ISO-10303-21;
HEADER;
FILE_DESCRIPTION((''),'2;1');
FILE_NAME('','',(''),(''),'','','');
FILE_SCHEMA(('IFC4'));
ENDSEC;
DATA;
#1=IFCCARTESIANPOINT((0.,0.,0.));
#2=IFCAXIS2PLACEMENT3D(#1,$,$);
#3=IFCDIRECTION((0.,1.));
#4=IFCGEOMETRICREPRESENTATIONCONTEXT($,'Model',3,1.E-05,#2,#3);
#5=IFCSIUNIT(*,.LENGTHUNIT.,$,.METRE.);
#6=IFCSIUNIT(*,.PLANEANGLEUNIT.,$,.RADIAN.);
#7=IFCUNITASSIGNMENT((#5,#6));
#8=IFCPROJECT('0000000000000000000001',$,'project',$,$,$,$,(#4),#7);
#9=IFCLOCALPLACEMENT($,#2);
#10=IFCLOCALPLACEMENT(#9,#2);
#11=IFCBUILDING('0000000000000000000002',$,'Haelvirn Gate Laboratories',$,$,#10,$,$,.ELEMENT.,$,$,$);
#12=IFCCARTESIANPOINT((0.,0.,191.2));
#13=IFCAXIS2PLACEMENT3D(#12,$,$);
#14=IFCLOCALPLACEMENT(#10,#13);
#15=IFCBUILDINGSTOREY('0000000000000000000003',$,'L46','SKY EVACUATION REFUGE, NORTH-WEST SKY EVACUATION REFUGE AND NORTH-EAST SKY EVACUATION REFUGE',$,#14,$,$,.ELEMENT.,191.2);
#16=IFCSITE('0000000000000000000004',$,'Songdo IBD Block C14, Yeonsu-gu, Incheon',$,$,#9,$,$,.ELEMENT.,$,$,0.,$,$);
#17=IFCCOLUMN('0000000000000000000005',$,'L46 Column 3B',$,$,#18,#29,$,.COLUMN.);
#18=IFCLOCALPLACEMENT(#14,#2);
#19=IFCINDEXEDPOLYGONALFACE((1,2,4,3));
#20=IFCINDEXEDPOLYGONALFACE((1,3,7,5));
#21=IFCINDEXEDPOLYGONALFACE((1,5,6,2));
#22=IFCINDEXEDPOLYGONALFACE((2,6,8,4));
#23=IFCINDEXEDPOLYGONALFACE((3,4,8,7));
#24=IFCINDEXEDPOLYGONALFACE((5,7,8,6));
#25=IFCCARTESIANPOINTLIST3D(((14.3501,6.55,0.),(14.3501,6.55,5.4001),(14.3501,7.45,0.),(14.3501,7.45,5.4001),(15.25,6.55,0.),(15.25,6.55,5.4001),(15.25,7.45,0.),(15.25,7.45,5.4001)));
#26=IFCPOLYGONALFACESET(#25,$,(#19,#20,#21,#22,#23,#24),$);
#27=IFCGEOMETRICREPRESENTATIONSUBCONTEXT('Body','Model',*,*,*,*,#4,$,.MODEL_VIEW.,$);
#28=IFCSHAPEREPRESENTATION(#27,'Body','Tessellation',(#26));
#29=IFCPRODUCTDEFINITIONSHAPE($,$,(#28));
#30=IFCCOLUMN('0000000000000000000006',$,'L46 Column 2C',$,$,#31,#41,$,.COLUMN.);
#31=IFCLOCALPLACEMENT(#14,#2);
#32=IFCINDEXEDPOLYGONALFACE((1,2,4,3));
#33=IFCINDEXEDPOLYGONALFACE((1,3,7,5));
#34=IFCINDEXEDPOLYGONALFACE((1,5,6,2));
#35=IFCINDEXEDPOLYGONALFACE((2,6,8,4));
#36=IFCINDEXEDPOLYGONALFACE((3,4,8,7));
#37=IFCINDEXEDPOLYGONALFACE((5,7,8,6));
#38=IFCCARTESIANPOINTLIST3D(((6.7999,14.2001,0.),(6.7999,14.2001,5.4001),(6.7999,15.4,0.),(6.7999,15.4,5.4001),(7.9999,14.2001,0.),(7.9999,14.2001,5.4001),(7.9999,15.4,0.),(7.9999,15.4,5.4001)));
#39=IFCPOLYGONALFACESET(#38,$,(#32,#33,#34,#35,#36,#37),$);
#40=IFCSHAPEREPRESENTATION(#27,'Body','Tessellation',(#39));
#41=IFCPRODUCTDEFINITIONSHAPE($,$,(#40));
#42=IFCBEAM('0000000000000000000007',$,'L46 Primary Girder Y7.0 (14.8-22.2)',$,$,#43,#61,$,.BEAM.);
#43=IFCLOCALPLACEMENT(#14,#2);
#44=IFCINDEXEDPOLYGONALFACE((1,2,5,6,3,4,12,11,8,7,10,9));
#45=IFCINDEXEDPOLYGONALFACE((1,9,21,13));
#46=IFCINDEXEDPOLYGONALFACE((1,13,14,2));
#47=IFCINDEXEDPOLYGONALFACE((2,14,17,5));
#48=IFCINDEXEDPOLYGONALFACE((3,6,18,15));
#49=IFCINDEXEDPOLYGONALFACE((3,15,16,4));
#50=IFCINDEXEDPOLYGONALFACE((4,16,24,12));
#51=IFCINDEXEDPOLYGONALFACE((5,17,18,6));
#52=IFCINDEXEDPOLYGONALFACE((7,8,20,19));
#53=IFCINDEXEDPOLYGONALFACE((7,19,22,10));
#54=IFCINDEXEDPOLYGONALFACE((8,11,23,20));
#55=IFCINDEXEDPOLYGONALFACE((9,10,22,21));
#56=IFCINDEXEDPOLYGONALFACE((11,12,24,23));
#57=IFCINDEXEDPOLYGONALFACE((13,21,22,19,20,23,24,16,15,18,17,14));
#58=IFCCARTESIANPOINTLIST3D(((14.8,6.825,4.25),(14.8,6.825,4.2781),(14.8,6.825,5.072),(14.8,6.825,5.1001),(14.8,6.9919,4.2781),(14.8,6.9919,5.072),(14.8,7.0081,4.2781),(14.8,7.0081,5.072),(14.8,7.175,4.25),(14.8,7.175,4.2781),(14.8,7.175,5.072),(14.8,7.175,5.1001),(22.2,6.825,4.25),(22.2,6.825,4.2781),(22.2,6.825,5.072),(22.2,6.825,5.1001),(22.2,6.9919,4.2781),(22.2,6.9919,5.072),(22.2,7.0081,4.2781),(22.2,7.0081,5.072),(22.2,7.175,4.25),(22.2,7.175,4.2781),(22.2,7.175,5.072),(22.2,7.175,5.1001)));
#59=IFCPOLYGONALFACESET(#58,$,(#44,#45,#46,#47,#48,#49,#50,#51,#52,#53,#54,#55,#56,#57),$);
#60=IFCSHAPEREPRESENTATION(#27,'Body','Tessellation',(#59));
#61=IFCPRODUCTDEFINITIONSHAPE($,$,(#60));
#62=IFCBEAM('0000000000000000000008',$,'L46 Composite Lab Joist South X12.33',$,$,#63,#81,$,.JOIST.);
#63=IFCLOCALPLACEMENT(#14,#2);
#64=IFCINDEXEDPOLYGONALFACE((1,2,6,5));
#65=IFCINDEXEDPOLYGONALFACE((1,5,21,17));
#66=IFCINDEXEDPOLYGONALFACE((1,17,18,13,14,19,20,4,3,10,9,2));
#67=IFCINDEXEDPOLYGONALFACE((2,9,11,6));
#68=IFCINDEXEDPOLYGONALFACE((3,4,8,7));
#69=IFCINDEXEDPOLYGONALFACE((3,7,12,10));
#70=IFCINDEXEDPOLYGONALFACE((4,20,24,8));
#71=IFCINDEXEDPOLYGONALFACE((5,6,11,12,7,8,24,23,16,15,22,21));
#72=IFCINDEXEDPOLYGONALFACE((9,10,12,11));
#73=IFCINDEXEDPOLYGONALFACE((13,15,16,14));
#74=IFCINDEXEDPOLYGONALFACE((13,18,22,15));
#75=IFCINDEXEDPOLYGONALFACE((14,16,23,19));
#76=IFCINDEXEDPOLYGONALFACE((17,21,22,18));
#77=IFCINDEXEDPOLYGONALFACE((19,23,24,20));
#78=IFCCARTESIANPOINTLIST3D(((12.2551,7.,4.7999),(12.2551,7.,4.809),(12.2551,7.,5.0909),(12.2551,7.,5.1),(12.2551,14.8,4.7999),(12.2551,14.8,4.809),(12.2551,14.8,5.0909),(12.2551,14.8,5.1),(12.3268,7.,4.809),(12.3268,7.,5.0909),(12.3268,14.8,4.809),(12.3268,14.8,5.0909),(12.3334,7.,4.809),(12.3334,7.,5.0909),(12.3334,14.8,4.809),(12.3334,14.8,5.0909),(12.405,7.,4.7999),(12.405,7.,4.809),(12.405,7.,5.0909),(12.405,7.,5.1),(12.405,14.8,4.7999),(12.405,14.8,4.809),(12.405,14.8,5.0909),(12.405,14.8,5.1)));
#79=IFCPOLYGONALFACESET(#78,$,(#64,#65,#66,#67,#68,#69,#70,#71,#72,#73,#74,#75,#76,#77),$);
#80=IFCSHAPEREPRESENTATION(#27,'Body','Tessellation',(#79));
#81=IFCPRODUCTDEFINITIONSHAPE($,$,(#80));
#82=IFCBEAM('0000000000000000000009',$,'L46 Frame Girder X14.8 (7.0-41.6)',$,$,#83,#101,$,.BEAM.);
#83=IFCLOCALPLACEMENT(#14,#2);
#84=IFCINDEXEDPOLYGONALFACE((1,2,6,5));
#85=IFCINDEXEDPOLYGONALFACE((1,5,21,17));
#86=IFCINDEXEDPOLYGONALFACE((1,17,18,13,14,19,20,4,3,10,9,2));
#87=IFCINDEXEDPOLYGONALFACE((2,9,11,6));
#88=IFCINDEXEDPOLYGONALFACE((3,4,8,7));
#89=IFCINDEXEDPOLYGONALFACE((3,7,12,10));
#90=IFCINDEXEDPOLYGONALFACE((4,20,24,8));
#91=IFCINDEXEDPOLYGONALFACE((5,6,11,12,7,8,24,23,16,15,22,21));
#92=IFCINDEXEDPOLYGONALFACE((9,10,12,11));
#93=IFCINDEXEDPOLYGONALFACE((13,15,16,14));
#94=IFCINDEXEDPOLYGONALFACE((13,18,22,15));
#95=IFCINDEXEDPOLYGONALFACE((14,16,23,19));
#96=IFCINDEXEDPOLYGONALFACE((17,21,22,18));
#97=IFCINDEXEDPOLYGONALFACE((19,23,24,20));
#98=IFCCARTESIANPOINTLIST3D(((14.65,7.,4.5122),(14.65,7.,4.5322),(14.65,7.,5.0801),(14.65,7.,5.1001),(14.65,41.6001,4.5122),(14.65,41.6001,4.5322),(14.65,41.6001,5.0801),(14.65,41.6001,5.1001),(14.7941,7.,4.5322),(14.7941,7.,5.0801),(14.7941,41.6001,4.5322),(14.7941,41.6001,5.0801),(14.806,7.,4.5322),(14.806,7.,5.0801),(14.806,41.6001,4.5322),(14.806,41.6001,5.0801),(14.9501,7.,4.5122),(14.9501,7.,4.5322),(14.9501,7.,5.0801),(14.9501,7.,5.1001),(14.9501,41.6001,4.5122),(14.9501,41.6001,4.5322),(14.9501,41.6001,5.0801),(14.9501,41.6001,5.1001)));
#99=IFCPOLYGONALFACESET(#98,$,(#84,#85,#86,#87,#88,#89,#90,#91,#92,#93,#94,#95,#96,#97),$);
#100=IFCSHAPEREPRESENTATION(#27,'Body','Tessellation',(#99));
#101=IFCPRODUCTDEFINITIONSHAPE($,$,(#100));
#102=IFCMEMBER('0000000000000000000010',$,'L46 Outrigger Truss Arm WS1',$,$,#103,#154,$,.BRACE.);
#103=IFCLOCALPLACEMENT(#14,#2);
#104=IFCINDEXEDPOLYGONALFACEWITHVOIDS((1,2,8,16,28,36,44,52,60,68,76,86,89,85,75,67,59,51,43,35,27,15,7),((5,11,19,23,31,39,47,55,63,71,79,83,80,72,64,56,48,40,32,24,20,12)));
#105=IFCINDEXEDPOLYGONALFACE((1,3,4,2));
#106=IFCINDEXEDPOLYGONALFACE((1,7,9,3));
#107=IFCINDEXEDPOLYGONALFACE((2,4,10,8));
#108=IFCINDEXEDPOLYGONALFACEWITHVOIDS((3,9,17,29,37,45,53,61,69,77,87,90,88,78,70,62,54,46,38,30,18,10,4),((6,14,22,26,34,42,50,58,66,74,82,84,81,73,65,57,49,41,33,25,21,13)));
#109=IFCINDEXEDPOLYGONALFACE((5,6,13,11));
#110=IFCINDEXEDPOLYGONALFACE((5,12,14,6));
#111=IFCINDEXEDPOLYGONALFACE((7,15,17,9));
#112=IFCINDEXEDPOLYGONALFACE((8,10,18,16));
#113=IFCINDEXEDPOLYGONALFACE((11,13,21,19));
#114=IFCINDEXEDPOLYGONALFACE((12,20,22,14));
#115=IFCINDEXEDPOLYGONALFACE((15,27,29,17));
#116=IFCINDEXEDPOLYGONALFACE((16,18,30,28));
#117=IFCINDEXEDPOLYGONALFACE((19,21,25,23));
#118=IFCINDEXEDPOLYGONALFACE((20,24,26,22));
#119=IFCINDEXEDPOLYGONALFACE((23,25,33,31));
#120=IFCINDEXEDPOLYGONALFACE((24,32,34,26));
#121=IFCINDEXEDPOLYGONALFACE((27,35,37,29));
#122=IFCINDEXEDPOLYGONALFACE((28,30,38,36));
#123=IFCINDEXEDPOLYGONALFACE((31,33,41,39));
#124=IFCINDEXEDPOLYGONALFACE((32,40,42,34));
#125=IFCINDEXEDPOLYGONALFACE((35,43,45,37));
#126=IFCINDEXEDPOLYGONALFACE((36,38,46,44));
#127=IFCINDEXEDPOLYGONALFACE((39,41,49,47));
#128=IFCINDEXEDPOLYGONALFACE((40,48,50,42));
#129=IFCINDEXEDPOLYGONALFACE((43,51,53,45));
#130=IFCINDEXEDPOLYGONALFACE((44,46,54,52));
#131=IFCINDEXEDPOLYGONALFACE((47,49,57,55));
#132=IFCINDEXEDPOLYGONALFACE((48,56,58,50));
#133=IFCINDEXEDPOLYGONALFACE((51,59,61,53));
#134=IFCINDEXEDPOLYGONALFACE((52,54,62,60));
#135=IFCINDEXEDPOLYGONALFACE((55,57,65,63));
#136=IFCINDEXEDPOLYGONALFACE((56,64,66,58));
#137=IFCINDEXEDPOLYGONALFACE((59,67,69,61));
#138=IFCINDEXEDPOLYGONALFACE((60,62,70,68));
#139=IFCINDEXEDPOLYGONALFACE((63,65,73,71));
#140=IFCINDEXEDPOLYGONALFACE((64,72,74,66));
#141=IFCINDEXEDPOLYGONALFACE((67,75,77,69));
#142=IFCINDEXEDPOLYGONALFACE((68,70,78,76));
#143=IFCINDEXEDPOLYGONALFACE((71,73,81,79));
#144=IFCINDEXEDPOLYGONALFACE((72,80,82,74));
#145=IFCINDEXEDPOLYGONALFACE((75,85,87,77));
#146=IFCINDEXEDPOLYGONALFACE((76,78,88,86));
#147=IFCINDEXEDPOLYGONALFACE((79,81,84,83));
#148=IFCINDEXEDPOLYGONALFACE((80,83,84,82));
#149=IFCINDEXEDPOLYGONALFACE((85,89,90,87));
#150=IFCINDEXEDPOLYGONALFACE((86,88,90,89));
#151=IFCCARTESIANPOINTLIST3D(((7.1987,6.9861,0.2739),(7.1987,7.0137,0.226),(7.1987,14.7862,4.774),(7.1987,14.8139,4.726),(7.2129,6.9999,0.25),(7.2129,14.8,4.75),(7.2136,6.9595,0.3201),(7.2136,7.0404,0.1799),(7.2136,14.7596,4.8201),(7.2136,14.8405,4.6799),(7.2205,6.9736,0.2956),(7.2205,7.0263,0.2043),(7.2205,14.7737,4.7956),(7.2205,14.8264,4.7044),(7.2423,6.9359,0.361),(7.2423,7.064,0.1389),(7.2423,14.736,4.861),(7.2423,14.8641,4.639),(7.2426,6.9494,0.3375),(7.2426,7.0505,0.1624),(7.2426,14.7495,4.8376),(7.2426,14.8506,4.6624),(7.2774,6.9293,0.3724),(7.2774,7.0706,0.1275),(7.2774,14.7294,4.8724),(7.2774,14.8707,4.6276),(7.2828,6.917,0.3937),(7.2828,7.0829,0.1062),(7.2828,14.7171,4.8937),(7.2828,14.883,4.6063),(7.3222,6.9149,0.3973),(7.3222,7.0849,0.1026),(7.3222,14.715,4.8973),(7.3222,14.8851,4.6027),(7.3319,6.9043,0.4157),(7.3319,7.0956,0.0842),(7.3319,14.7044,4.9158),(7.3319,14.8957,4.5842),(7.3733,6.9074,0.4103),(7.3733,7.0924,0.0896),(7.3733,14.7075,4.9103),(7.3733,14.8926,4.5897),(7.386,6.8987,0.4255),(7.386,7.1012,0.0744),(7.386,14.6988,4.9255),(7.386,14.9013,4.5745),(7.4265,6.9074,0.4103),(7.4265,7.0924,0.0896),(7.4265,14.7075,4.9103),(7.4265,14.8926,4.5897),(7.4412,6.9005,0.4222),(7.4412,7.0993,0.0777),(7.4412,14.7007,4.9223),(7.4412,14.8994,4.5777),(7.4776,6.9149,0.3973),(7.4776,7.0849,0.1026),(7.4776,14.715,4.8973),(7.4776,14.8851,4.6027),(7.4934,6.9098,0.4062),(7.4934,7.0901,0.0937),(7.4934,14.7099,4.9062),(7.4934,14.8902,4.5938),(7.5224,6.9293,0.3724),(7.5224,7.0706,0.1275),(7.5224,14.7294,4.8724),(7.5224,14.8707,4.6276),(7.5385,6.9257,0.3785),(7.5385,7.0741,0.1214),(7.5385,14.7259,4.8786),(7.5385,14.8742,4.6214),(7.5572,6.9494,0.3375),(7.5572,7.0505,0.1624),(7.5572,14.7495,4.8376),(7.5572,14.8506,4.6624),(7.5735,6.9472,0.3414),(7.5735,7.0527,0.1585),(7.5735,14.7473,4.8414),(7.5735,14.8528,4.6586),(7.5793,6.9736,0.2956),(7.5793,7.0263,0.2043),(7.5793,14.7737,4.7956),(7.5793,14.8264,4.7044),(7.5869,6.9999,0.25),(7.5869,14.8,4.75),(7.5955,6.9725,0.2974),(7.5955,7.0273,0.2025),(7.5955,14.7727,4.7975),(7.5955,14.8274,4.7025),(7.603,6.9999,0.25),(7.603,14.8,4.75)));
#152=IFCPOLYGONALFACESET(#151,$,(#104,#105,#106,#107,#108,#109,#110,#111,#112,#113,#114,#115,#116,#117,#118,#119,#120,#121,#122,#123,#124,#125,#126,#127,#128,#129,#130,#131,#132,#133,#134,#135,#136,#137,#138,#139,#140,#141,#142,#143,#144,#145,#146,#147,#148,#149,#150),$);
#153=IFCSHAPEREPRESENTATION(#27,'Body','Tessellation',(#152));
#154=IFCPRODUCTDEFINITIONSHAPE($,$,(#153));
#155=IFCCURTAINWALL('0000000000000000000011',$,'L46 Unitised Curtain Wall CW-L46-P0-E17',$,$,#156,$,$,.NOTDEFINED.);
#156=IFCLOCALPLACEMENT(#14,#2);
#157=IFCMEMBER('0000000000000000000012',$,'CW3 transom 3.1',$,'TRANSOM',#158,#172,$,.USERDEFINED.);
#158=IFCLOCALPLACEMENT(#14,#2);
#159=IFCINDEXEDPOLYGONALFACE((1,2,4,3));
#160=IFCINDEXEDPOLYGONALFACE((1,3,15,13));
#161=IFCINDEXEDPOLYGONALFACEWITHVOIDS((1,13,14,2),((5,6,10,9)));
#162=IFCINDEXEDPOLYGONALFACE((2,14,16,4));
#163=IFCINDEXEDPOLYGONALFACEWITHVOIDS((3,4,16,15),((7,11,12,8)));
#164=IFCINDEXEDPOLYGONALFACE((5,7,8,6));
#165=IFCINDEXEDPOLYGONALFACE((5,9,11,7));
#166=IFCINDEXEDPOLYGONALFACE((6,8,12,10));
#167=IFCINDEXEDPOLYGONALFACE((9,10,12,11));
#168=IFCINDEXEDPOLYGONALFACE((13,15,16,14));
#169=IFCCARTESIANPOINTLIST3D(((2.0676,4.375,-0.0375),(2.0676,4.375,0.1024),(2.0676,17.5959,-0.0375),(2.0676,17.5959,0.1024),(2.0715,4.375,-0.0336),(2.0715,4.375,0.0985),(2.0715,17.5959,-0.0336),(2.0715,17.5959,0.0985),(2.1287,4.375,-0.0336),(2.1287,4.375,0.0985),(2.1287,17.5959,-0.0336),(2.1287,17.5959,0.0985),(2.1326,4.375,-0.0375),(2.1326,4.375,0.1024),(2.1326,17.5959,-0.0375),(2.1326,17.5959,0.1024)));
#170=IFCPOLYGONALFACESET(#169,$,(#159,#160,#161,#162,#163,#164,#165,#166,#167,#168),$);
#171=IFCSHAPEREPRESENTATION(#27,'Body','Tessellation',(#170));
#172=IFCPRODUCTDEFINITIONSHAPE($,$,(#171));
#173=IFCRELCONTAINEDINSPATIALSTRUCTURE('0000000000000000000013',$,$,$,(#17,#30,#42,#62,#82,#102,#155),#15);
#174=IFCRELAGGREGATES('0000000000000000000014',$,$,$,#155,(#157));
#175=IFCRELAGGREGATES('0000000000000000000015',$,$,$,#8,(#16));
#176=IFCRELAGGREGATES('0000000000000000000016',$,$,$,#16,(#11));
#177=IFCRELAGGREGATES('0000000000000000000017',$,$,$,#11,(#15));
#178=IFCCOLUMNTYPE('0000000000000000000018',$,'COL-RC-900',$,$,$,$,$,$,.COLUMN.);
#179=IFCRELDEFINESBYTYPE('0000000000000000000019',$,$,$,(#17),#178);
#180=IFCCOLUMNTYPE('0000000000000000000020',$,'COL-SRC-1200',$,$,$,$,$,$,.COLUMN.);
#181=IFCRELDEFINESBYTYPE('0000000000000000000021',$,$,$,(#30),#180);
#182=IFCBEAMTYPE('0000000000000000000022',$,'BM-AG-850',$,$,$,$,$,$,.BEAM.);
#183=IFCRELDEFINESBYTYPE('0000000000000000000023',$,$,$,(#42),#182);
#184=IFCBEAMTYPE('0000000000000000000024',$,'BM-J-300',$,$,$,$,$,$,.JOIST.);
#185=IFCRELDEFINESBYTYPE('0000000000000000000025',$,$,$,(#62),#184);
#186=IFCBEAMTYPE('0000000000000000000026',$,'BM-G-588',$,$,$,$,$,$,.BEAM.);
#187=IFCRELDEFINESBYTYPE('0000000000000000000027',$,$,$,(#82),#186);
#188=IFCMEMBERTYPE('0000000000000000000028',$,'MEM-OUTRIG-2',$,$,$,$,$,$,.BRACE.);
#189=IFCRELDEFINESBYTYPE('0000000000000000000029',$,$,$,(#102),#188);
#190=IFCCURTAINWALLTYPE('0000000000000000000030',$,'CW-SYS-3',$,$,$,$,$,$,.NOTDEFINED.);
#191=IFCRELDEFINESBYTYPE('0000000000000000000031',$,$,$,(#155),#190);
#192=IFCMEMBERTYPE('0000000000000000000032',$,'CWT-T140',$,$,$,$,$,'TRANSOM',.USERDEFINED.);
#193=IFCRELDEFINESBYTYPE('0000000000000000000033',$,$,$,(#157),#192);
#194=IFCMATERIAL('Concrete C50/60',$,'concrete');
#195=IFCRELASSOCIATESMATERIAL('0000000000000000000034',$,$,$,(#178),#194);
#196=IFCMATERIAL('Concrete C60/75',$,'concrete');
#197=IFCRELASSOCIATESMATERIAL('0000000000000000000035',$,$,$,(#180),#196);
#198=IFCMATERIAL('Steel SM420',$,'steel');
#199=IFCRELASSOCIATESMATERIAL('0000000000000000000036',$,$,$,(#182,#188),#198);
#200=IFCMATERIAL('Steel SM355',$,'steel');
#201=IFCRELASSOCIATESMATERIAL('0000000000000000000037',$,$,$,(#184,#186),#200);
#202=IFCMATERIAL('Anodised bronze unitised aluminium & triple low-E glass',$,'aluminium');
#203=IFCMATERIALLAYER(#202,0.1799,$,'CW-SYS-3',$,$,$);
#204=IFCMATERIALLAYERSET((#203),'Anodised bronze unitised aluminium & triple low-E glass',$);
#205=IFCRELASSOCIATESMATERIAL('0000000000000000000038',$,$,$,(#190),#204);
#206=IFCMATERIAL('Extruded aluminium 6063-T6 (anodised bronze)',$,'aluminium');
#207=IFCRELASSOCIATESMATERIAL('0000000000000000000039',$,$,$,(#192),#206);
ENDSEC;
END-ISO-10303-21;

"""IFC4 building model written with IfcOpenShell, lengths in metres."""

from ifc_helpers import new_model, si_unit, direction, frame, origin, origin_2d, place, context, subcontext, project, spatial, rectangle, hollow_rectangle, hollow_circle, i_section, extrude, source, transform, mapped, material, layer, layer_set, material_profile, profile_set, type_object, type_shapes, element, aggregate, save


model = new_model("IFC4")

# Units and contexts
model_context = context("Model", 3, precision=1e-05, world=origin(), true_north=direction((0.0, 1.0)))
body_context = subcontext(model_context, "Body", "Model", "MODEL_VIEW")
ifc_project = project(units=[si_unit("LENGTHUNIT", "METRE"), si_unit("PLANEANGLEUNIT", "RADIAN")], contexts=[model_context])

# Site, building, storey
site_placement = place(None, origin())
site = spatial("IfcSite", under=ifc_project, at=site_placement, Name="Songdo IBD Block C14, Yeonsu-gu, Incheon", CompositionType="ELEMENT", RefElevation=0.0)
building_placement = place(site_placement, origin())
building = spatial("IfcBuilding", under=site, at=building_placement, Name="Haelvirn Gate Laboratories", CompositionType="ELEMENT")
storey_placement = place(building_placement, frame((0.0, 0.0, 191.2)))
storey = spatial("IfcBuildingStorey", under=building, at=storey_placement, Name="L46", Description="SKY EVACUATION REFUGE, NORTH-WEST SKY EVACUATION REFUGE AND NORTH-EAST SKY EVACUATION REFUGE", CompositionType="ELEMENT", Elevation=191.2)

# Columns
ifc_material_1 = material(Name="Concrete C50/60", Category="concrete")
ifc_material_profile_1 = material_profile(ifc_material_1, rectangle(XDim=0.8999, YDim=0.8999, at=origin_2d()), Name="RC-900x900")
ifc_profile_set_1 = profile_set([ifc_material_profile_1], Name="Concrete C50/60")
column_type_1 = type_object("IfcColumnType", Name="COL-RC-900", PredefinedType="COLUMN", material=ifc_profile_set_1)
shared_shape_1 = source(origin(), body_context, "Body", "SweptSolid", [
    extrude(rectangle(XDim=0.8999, YDim=0.8999, at=origin_2d()), origin(), (0.0, 0.0, 1.0), 5.4001),
])
type_shapes(column_type_1, [shared_shape_1])
column_1_placement = place(storey_placement, frame((14.8, 7.0, 0.0), z_axis=(0.0, 0.0, 1.0), x_axis=(1.0, 0.0, 0.0)))
element("IfcColumn", 1, at=column_1_placement, inside=storey, type_object=column_type_1, Name="L46 Column 3B", PredefinedType="COLUMN", context=body_context, shape_type="MappedRepresentation", body=[
    mapped(shared_shape_1, transform((0.0, 0.0, 0.0), scale=1.0)),
])
ifc_material_2 = material(Name="Concrete C60/75", Category="concrete")
ifc_material_profile_2 = material_profile(ifc_material_2, rectangle(XDim=1.2, YDim=1.2, at=origin_2d()), Name="SRC-1200x1200")
ifc_profile_set_2 = profile_set([ifc_material_profile_2], Name="Concrete C60/75")
column_type_2 = type_object("IfcColumnType", Name="COL-SRC-1200", PredefinedType="COLUMN", material=ifc_profile_set_2)
shared_shape_2 = source(origin(), body_context, "Body", "SweptSolid", [
    extrude(rectangle(XDim=1.2, YDim=1.2, at=origin_2d()), origin(), (0.0, 0.0, 1.0), 5.4001),
])
type_shapes(column_type_2, [shared_shape_2])
column_2_placement = place(storey_placement, frame((7.3999, 14.8, 0.0), z_axis=(0.0, 0.0, 1.0), x_axis=(1.0, 0.0, 0.0)))
element("IfcColumn", 2, at=column_2_placement, inside=storey, type_object=column_type_2, Name="L46 Column 2C", PredefinedType="COLUMN", context=body_context, shape_type="MappedRepresentation", body=[
    mapped(shared_shape_2, transform((0.0, 0.0, 0.0), scale=1.0)),
])

# Beams
ifc_material_3 = material(Name="Steel SM420", Category="steel")
ifc_material_profile_3 = material_profile(ifc_material_3, i_section(OverallWidth=0.3501, OverallDepth=0.8501, WebThickness=0.0161, FlangeThickness=0.0281, at=origin_2d()), Name="H-850x350x16x28")
ifc_profile_set_3 = profile_set([ifc_material_profile_3], Name="Steel SM420")
beam_type_1 = type_object("IfcBeamType", Name="BM-AG-850", PredefinedType="BEAM", material=ifc_profile_set_3)
shared_shape_3 = source(origin(), body_context, "Body", "SweptSolid", [
    extrude(i_section(OverallWidth=0.3501, OverallDepth=0.8501, WebThickness=0.0161, FlangeThickness=0.0281, at=origin_2d()), origin(), (0.0, 0.0, 1.0), 7.3999),
])
type_shapes(beam_type_1, [shared_shape_3])
beam_1_placement = place(storey_placement, frame((14.8, 7.0, 4.675), z_axis=(1.0, 0.0, 0.0), x_axis=(0.0, 1.0, 0.0)))
element("IfcBeam", 3, at=beam_1_placement, inside=storey, type_object=beam_type_1, Name="L46 Primary Girder Y7.0 (14.8-22.2)", PredefinedType="BEAM", context=body_context, shape_type="MappedRepresentation", body=[
    mapped(shared_shape_3, transform((0.0, 0.0, 0.0), scale=1.0)),
])
ifc_material_4 = material(Name="Steel SM355", Category="steel")
ifc_material_profile_4 = material_profile(ifc_material_4, i_section(OverallWidth=0.1499, OverallDepth=0.3, WebThickness=0.0066, FlangeThickness=0.009, at=origin_2d()), Name="H-300x150x6.5x9")
ifc_profile_set_4 = profile_set([ifc_material_profile_4], Name="Steel SM355")
beam_type_2 = type_object("IfcBeamType", Name="BM-J-300", PredefinedType="JOIST", material=ifc_profile_set_4)
shared_shape_4 = source(origin(), body_context, "Body", "SweptSolid", [
    extrude(i_section(OverallWidth=0.1499, OverallDepth=0.3, WebThickness=0.0066, FlangeThickness=0.009, at=origin_2d()), origin(), (0.0, 0.0, 1.0), 7.8),
])
type_shapes(beam_type_2, [shared_shape_4])
beam_2_placement = place(storey_placement, frame((12.3301, 7.0, 4.95), z_axis=(0.0, 1.0, 0.0), x_axis=(-1.0, 0.0, 0.0)))
element("IfcBeam", 4, at=beam_2_placement, inside=storey, type_object=beam_type_2, Name="L46 Composite Lab Joist South X12.33", PredefinedType="JOIST", context=body_context, shape_type="MappedRepresentation", body=[
    mapped(shared_shape_4, transform((0.0, 0.0, 0.0), scale=1.0)),
])
ifc_material_profile_5 = material_profile(ifc_material_4, i_section(OverallWidth=0.3, OverallDepth=0.5879, WebThickness=0.012, FlangeThickness=0.02, at=origin_2d()), Name="H-588x300x12x20")
ifc_profile_set_5 = profile_set([ifc_material_profile_5], Name="Steel SM355")
beam_type_3 = type_object("IfcBeamType", Name="BM-G-588", PredefinedType="BEAM", material=ifc_profile_set_5)
shared_shape_5 = source(origin(), body_context, "Body", "SweptSolid", [
    extrude(i_section(OverallWidth=0.3, OverallDepth=0.5879, WebThickness=0.012, FlangeThickness=0.02, at=origin_2d()), origin(), (0.0, 0.0, 1.0), 34.6001),
])
type_shapes(beam_type_3, [shared_shape_5])
beam_3_placement = place(storey_placement, frame((14.8, 7.0, 4.8062), z_axis=(0.0, 1.0, 0.0), x_axis=(-1.0, 0.0, 0.0)))
element("IfcBeam", 5, at=beam_3_placement, inside=storey, type_object=beam_type_3, Name="L46 Frame Girder X14.8 (7.0-41.6)", PredefinedType="BEAM", context=body_context, shape_type="MappedRepresentation", body=[
    mapped(shared_shape_5, transform((0.0, 0.0, 0.0), scale=1.0)),
])

# Member
ifc_material_profile_6 = material_profile(ifc_material_3, hollow_circle(Radius=0.2031, WallThickness=0.0161, at=origin_2d()), Name="CHS-406x16")
ifc_profile_set_6 = profile_set([ifc_material_profile_6], Name="Steel SM420")
member_type_1 = type_object("IfcMemberType", Name="MEM-OUTRIG-2", PredefinedType="BRACE", material=ifc_profile_set_6)
shared_shape_6 = source(origin(), body_context, "Body", "SweptSolid", [
    extrude(hollow_circle(Radius=0.2031, WallThickness=0.0161, at=origin_2d()), origin(), (0.0, 0.0, 1.0), 9.0051),
])
type_shapes(member_type_1, [shared_shape_6])
member_1_placement = place(storey_placement, frame((7.3999, 14.8, 4.75), z_axis=(0.0, -0.866187, -0.49972), x_axis=(1.0, 0.0, 0.0)))
element("IfcMember", 6, at=member_1_placement, inside=storey, type_object=member_type_1, Name="L46 Outrigger Truss Arm WS1", PredefinedType="BRACE", context=body_context, shape_type="MappedRepresentation", body=[
    mapped(shared_shape_6, transform((0.0, 0.0, 0.0), scale=1.0)),
])

# Curtain wall, member
ifc_material_5 = material(Name="Anodised bronze unitised aluminium & triple low-E glass", Category="aluminium")
ifc_layer_1 = layer(ifc_material_5, 0.1799, Name="CW-SYS-3")
ifc_layer_set_1 = layer_set([ifc_layer_1], Name="Anodised bronze unitised aluminium & triple low-E glass")
curtain_wall_type = type_object("IfcCurtainWallType", Name="CW-SYS-3", PredefinedType="NOTDEFINED", material=ifc_layer_set_1)
curtain_wall_placement = place(storey_placement, origin())
curtain_wall = element("IfcCurtainWall", 7, at=curtain_wall_placement, inside=storey, type_object=curtain_wall_type, Name="L46 Unitised Curtain Wall CW-L46-P0-E17", PredefinedType="NOTDEFINED")
ifc_material_6 = material(Name="Extruded aluminium 6063-T6 (anodised bronze)", Category="aluminium")
ifc_material_profile_7 = material_profile(ifc_material_6, hollow_rectangle(XDim=0.0649, YDim=0.1399, WallThickness=0.0039, at=origin_2d()), Name="CWT-140x65x4")
ifc_profile_set_7 = profile_set([ifc_material_profile_7], Name="Extruded aluminium 6063-T6 (anodised bronze)")
member_type_2 = type_object("IfcMemberType", Name="CWT-T140", ElementType="TRANSOM", PredefinedType="USERDEFINED", material=ifc_profile_set_7)
shared_shape_7 = source(origin(), body_context, "Body", "SweptSolid", [
    extrude(hollow_rectangle(XDim=0.0649, YDim=0.1399, WallThickness=0.0039, at=origin_2d()), origin(), (0.0, 0.0, 1.0), 13.2209),
])
type_shapes(member_type_2, [shared_shape_7])
member_2_placement = place(storey_placement, frame((2.1001, 17.5959, 0.0325), z_axis=(0.0, -1.0, 0.0), x_axis=(1.0, 0.0, 0.0)))
member_2 = element("IfcMember", 8, at=member_2_placement, type_object=member_type_2, Name="CW3 transom 3.1", ObjectType="TRANSOM", PredefinedType="USERDEFINED", context=body_context, shape_type="MappedRepresentation", body=[
    mapped(shared_shape_7, transform((0.0, 0.0, 0.0), scale=1.0)),
])

aggregate(curtain_wall, [member_2])

save(model, "model.ifc")
